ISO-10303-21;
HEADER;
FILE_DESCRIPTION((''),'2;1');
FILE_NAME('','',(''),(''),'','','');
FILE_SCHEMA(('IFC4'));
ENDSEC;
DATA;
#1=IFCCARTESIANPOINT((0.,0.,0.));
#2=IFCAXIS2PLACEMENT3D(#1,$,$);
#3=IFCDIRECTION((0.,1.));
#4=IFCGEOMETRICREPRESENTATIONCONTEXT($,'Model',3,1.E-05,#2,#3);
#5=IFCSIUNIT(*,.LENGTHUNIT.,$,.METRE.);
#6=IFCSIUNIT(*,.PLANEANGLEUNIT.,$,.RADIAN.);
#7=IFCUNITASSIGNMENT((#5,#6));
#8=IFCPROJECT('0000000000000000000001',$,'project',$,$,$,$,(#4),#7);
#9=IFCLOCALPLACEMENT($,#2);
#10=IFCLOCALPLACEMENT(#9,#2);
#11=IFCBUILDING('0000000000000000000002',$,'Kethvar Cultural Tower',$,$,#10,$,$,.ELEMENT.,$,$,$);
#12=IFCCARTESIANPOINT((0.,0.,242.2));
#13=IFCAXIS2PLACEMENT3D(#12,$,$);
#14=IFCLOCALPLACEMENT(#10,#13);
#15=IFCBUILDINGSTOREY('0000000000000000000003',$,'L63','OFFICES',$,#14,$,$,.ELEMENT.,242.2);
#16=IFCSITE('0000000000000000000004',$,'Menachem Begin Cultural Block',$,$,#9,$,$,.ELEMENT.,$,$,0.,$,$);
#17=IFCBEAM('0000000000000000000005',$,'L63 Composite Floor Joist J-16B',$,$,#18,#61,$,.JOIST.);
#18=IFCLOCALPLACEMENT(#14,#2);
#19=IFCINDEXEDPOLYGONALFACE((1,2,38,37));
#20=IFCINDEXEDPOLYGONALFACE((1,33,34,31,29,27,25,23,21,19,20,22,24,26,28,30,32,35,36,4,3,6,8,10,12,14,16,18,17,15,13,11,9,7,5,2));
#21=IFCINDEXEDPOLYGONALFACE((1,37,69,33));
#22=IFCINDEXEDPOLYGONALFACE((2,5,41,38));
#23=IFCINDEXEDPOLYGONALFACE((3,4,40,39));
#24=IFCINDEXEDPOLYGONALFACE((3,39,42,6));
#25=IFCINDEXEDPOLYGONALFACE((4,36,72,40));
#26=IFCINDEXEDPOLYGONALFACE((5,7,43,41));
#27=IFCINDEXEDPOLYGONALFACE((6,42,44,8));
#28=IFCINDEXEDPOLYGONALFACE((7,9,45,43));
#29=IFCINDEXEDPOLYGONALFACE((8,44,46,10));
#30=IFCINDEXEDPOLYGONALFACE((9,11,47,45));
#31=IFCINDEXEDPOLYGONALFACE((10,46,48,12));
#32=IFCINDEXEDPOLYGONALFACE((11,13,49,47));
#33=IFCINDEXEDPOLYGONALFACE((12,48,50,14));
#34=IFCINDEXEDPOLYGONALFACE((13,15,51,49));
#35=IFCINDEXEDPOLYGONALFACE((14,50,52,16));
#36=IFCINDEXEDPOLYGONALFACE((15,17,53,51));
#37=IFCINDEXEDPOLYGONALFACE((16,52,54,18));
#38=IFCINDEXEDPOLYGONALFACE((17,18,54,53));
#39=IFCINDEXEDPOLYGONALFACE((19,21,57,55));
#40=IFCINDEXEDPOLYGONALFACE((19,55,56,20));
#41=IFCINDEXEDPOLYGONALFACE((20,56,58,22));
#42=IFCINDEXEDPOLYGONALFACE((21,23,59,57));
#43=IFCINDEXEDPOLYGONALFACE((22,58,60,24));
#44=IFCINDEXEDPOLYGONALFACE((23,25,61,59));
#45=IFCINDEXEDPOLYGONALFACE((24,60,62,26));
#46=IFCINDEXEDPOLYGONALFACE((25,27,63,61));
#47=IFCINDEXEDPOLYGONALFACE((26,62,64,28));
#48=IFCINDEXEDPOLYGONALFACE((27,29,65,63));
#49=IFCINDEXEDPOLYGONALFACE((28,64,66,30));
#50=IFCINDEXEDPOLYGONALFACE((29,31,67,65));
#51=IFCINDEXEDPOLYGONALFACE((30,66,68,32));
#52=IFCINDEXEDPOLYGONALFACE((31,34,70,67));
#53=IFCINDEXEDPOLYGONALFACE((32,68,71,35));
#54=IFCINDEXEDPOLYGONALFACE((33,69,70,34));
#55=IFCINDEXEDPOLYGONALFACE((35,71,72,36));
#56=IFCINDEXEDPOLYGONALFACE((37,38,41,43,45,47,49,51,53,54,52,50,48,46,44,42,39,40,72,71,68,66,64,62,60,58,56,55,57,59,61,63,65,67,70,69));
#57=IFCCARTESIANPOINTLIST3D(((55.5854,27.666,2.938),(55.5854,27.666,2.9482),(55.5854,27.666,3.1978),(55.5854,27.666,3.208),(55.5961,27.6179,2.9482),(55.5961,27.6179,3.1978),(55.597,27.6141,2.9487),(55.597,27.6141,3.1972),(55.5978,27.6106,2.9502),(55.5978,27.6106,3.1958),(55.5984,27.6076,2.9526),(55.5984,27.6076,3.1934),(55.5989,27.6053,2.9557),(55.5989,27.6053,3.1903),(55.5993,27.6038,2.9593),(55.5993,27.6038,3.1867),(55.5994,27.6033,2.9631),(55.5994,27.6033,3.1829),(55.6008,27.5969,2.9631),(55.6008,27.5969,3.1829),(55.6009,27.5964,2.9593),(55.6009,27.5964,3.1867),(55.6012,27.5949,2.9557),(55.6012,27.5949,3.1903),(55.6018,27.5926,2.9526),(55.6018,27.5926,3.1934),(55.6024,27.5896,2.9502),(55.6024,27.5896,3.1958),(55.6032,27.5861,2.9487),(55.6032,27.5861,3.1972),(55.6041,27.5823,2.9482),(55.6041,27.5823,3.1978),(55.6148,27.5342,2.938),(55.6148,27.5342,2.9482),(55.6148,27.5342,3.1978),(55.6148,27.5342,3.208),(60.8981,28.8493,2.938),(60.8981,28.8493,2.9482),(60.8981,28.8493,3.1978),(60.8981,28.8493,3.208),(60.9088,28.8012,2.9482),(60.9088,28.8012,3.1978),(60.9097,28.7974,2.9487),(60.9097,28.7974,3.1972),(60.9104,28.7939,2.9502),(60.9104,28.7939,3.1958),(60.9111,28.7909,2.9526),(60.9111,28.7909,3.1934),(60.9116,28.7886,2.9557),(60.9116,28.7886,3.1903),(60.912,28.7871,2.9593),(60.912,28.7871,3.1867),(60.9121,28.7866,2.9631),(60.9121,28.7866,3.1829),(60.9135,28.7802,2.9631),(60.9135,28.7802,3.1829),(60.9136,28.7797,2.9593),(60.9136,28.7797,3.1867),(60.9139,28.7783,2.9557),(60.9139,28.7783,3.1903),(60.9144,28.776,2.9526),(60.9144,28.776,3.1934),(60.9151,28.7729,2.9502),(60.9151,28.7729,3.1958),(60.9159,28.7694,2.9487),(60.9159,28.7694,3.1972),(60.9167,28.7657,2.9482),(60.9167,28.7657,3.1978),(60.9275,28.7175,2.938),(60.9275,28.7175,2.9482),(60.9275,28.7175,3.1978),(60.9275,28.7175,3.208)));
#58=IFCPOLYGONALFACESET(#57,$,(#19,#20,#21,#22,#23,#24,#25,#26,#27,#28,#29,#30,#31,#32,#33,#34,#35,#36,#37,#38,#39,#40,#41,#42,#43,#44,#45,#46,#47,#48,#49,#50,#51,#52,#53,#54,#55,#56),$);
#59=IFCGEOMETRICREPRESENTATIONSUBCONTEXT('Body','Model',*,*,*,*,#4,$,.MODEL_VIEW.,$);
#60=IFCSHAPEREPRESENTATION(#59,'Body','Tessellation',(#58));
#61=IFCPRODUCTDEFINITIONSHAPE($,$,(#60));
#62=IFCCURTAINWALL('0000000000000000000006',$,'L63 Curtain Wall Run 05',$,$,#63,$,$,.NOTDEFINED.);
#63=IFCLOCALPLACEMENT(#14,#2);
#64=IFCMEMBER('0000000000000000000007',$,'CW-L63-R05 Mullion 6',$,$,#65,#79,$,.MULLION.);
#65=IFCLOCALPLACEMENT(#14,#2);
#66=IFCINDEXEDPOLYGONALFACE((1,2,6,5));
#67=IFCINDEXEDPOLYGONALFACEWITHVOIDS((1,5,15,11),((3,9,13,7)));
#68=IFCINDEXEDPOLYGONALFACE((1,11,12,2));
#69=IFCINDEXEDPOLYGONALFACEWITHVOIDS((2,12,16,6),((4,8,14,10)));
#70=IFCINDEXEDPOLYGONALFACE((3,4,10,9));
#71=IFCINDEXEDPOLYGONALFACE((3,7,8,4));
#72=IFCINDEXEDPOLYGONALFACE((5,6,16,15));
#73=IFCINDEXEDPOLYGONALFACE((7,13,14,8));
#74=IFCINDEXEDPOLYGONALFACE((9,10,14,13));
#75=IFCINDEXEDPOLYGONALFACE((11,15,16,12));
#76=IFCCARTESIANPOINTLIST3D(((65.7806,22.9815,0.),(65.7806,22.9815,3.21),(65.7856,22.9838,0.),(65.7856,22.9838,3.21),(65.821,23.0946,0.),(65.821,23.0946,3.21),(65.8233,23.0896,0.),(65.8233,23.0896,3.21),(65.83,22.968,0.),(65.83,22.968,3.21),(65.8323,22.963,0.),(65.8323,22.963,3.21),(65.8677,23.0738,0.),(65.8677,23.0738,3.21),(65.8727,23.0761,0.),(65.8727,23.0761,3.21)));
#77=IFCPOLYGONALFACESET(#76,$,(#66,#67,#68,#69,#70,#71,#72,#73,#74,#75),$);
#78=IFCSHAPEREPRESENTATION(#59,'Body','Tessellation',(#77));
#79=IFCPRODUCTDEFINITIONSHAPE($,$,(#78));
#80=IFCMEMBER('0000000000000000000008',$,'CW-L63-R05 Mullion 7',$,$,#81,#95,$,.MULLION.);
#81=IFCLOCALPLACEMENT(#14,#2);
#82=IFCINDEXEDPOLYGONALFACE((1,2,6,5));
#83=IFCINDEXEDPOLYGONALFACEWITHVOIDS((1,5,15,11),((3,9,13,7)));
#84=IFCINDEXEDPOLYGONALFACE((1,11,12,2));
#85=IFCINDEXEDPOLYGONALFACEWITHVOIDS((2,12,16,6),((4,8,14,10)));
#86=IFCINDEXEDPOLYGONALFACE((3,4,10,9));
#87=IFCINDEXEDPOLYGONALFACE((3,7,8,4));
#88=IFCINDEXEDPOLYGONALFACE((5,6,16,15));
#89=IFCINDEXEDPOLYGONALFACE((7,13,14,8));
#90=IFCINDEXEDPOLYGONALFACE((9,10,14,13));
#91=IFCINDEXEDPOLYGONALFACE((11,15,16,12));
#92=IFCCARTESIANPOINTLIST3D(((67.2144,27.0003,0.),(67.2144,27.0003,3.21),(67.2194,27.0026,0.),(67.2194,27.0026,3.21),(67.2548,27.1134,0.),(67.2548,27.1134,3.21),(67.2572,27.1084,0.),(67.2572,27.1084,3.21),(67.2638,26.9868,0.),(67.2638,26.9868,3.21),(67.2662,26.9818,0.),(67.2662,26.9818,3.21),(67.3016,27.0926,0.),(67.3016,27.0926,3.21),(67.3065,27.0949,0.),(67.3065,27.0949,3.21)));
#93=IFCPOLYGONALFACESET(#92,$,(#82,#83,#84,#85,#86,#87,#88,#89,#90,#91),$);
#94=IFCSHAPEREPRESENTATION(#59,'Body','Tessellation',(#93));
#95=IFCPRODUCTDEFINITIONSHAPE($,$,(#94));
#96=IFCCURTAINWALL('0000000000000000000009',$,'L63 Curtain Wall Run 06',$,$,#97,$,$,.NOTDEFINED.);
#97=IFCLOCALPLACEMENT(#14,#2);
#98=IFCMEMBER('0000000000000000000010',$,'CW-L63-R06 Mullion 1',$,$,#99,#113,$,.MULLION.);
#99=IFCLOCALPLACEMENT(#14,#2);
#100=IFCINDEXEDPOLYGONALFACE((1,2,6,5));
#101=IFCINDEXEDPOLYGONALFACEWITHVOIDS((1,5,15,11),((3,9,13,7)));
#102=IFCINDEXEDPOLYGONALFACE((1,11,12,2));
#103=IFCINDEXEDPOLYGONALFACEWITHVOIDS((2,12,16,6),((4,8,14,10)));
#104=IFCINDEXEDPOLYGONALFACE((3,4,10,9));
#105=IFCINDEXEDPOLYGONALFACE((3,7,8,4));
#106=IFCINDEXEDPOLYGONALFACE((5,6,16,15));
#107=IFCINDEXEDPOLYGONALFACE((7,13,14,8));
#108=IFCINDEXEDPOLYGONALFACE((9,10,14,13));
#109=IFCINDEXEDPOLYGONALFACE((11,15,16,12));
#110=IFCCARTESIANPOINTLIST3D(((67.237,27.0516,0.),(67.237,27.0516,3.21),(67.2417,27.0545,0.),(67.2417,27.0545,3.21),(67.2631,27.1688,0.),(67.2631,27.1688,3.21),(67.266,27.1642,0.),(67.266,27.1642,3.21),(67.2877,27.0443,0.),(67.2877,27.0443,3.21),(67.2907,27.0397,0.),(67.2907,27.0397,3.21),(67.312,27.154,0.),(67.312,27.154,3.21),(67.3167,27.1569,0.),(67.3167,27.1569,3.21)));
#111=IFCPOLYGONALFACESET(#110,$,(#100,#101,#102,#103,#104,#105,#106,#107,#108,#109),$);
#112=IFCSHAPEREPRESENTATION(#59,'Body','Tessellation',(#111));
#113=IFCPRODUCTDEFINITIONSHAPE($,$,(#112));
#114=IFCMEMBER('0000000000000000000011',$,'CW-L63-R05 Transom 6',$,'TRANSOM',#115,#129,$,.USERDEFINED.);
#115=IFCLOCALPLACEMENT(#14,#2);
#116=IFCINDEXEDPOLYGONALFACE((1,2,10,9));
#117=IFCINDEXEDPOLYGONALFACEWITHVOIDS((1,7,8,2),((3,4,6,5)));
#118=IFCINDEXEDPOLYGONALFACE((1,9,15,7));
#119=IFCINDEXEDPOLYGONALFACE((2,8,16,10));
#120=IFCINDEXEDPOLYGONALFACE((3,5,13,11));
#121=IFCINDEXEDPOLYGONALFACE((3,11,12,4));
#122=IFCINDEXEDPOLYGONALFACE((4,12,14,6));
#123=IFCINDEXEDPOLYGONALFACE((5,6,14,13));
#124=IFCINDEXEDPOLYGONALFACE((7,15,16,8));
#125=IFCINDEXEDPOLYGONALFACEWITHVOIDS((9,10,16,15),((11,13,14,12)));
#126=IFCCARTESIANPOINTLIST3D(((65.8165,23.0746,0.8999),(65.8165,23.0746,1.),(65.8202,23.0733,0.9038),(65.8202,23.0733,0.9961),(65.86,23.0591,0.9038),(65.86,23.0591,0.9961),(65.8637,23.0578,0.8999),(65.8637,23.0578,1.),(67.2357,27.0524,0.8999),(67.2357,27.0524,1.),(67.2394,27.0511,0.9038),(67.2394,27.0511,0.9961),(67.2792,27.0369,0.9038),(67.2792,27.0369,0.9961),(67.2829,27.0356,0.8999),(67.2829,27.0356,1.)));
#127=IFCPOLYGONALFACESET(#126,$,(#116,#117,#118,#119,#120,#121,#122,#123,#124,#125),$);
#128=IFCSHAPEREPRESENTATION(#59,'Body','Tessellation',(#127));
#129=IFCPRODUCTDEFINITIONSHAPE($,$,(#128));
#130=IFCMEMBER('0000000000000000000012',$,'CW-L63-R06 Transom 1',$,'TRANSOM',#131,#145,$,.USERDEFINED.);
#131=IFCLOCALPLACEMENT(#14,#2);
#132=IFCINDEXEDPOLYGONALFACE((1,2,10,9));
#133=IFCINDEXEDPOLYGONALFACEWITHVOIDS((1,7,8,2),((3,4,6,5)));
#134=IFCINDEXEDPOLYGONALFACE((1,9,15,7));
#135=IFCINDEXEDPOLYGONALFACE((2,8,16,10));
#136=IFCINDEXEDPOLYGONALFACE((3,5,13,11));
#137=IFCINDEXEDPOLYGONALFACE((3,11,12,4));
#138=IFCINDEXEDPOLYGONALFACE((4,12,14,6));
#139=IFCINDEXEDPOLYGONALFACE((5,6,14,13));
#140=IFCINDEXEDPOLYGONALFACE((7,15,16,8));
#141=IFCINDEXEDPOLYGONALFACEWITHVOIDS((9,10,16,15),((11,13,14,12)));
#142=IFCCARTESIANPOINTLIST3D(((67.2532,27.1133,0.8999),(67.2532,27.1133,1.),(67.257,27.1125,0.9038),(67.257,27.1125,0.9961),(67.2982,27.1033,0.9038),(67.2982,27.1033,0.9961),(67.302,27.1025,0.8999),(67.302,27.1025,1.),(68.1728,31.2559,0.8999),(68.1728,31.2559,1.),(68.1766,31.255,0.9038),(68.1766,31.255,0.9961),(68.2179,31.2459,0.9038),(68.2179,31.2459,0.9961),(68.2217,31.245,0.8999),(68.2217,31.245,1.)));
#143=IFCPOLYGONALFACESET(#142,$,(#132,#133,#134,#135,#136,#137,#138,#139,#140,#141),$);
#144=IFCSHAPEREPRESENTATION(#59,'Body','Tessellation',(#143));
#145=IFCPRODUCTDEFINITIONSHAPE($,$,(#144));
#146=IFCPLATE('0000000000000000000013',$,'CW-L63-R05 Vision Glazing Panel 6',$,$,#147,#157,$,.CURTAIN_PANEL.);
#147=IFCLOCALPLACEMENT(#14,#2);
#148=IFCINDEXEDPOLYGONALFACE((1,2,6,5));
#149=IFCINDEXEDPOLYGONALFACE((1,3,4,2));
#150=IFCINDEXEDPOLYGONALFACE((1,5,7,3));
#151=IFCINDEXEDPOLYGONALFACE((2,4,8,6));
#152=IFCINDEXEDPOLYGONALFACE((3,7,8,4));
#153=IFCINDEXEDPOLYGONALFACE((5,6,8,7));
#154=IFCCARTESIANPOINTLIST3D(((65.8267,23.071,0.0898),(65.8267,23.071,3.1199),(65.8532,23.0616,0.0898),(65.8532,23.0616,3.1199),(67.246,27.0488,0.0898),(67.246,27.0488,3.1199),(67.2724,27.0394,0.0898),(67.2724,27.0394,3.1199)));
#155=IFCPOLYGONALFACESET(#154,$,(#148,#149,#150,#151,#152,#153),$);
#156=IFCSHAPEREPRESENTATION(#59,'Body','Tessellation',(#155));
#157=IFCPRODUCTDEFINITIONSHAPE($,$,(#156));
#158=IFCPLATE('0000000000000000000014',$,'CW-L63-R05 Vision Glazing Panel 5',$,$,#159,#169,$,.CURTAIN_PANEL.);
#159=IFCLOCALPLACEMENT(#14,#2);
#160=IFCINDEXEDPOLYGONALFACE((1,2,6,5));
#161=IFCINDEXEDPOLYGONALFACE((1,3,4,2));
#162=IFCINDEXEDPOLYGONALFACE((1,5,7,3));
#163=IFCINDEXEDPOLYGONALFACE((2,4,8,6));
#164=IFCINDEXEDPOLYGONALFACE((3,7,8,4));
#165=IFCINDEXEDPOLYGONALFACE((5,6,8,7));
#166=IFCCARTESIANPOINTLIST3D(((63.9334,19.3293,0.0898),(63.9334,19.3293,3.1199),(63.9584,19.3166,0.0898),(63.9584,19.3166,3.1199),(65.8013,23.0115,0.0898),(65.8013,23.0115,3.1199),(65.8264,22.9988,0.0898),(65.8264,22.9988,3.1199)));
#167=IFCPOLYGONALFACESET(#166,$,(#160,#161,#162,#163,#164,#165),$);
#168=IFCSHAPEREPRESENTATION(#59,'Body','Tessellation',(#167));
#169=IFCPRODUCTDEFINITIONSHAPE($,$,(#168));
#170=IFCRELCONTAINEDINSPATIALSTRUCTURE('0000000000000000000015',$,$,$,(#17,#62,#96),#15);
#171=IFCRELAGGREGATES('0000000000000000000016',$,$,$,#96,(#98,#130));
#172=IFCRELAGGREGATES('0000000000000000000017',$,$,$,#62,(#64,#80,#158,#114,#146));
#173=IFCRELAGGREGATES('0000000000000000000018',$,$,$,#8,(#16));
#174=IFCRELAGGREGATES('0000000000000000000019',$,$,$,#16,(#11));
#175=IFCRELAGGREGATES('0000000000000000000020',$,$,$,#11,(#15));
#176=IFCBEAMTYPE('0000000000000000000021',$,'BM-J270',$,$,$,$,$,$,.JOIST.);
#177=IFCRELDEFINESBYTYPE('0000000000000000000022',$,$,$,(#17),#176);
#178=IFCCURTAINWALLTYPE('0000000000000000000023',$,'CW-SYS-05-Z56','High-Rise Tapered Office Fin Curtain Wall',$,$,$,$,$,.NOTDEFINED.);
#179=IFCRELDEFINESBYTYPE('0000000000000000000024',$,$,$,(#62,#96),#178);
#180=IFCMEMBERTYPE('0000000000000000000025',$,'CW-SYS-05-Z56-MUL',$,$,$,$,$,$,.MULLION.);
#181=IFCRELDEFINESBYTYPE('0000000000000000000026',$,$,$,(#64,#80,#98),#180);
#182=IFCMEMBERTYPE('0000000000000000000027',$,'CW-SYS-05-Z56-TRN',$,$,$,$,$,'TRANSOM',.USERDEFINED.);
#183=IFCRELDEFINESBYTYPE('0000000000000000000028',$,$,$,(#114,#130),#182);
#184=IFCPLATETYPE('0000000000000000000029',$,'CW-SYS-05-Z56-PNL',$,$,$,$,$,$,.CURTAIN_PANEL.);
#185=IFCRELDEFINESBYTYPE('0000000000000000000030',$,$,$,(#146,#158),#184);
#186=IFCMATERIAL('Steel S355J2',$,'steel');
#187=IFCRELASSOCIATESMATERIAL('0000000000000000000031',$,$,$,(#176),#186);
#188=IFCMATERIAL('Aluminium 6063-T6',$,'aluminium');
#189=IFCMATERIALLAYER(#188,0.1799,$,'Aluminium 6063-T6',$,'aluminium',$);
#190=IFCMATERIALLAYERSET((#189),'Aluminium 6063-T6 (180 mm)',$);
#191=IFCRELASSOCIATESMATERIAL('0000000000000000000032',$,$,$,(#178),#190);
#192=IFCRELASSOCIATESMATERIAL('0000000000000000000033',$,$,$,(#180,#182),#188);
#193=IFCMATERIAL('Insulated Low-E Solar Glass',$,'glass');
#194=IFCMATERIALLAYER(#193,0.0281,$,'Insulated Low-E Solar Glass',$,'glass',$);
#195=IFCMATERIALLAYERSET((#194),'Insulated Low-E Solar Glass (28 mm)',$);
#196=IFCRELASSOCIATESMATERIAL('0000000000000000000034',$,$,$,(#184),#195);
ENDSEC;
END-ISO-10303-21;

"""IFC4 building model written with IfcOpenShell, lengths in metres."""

from ifc_helpers import new_model, si_unit, direction, frame, origin, origin_2d, place, context, subcontext, project, spatial, rectangle, hollow_rectangle, i_section, extrude, source, transform, mapped, material, layer, layer_set, material_profile, profile_set, type_object, element, aggregate, save


model = new_model("IFC4")

# Units and contexts
model_context = context("Model", 3, precision=1e-05, world=origin(), true_north=direction((0.0, 1.0)))
body_context = subcontext(model_context, "Body", "Model", "MODEL_VIEW")
ifc_project = project(units=[si_unit("LENGTHUNIT", "METRE"), si_unit("PLANEANGLEUNIT", "RADIAN")], contexts=[model_context])

# Site, building, storey
site_placement = place(None, origin())
site = spatial("IfcSite", under=ifc_project, at=site_placement, Name="Menachem Begin Cultural Block", CompositionType="ELEMENT", RefElevation=0.0)
building_placement = place(site_placement, origin())
building = spatial("IfcBuilding", under=site, at=building_placement, Name="Kethvar Cultural Tower", CompositionType="ELEMENT")
storey_placement = place(building_placement, frame((0.0, 0.0, 242.2)))
storey = spatial("IfcBuildingStorey", under=building, at=storey_placement, Name="L63", Description="OFFICES", CompositionType="ELEMENT", Elevation=242.2)

# Beam
ifc_material_1 = material(Name="Steel S355J2", Category="steel")
ifc_material_profile_1 = material_profile(ifc_material_1, i_section(OverallWidth=0.135, OverallDepth=0.27, WebThickness=0.0066, FlangeThickness=0.0103, FilletRadius=0.0149, at=origin_2d()), Name="Steel S355J2 — IPE270")
ifc_profile_set_1 = profile_set([ifc_material_profile_1], Name="Steel S355J2 — IPE270")
beam_type_1 = type_object("IfcBeamType", Name="BM-J270", PredefinedType="JOIST", material=ifc_profile_set_1)
shared_shape_1 = source(origin(), body_context, "Body", "SweptSolid", [
    extrude(i_section(OverallWidth=0.135, OverallDepth=0.27, WebThickness=0.0066, FlangeThickness=0.0103, FilletRadius=0.0149, at=origin_2d()), origin(), (0.0, 0.0, 1.0), 5.4429),
])
beam_1_placement = place(storey_placement, frame((55.6001, 27.6001, 3.073), z_axis=(0.97608, 0.21741, 0.0), x_axis=(-0.21741, 0.97608, 0.0)))
element("IfcBeam", 1, at=beam_1_placement, inside=storey, type_object=beam_type_1, Name="L63 Composite Floor Joist J-16B", PredefinedType="JOIST", context=body_context, shape_type="MappedRepresentation", body=[
    mapped(shared_shape_1, transform((0.0, 0.0, 0.0), scale=1.0)),
])

# Curtain wall, members
ifc_material_2 = material(Name="Aluminium 6063-T6", Category="aluminium")
ifc_layer_1 = layer(ifc_material_2, 0.1799, Name="Aluminium 6063-T6", Category="aluminium")
ifc_layer_set_1 = layer_set([ifc_layer_1], Name="Aluminium 6063-T6 (180 mm)")
curtain_wall_type = type_object("IfcCurtainWallType", Name="CW-SYS-05-Z56", Description="High-Rise Tapered Office Fin Curtain Wall", PredefinedType="NOTDEFINED", material=ifc_layer_set_1)
curtain_wall_1_placement = place(storey_placement, origin())
curtain_wall_1 = element("IfcCurtainWall", 2, at=curtain_wall_1_placement, inside=storey, type_object=curtain_wall_type, Name="L63 Curtain Wall Run 05", PredefinedType="NOTDEFINED")
ifc_material_profile_2 = material_profile(ifc_material_2, hollow_rectangle(XDim=0.0549, YDim=0.1201, WallThickness=0.0039, at=origin_2d()), Name="Aluminium 6063-T6 — RHS120x55x4")
ifc_profile_set_2 = profile_set([ifc_material_profile_2], Name="Aluminium 6063-T6 — RHS120x55x4")
member_type_1 = type_object("IfcMemberType", Name="CW-SYS-05-Z56-MUL", PredefinedType="MULLION", material=ifc_profile_set_2)
shared_shape_2 = source(origin(), body_context, "Body", "SweptSolid", [
    extrude(hollow_rectangle(XDim=0.0549, YDim=0.1201, WallThickness=0.0039, at=origin_2d()), origin(), (0.0, 0.0, 1.0), 3.21),
])
member_1_placement = place(storey_placement, frame((65.8267, 23.0288, 0.0), z_axis=(0.0, 0.0, 1.0), x_axis=(-0.941846, 0.336043, 0.0)))
member_1 = element("IfcMember", 3, at=member_1_placement, type_object=member_type_1, Name="CW-L63-R05 Mullion 6", PredefinedType="MULLION", context=body_context, shape_type="MappedRepresentation", body=[
    mapped(shared_shape_2, transform((0.0, 0.0, 0.0), scale=1.0)),
])
member_2_placement = place(storey_placement, frame((67.2605, 27.0476, 0.0), z_axis=(0.0, 0.0, 1.0), x_axis=(-0.941846, 0.336043, 0.0)))
member_2 = element("IfcMember", 4, at=member_2_placement, type_object=member_type_1, Name="CW-L63-R05 Mullion 7", PredefinedType="MULLION", context=body_context, shape_type="MappedRepresentation", body=[
    mapped(shared_shape_2, transform((0.0, 0.0, 0.0), scale=1.0)),
])

# Curtain wall, member
curtain_wall_2_placement = place(storey_placement, origin())
curtain_wall_2 = element("IfcCurtainWall", 5, at=curtain_wall_2_placement, inside=storey, type_object=curtain_wall_type, Name="L63 Curtain Wall Run 06", PredefinedType="NOTDEFINED")
member_3_placement = place(storey_placement, frame((67.2769, 27.1042, 0.0), z_axis=(0.0, 0.0, 1.0), x_axis=(-0.976239, 0.216695, 0.0)))
member_3 = element("IfcMember", 6, at=member_3_placement, type_object=member_type_1, Name="CW-L63-R06 Mullion 1", PredefinedType="MULLION", context=body_context, shape_type="MappedRepresentation", body=[
    mapped(shared_shape_2, transform((0.0, 0.0, 0.0), scale=1.0)),
])

# Members
ifc_material_profile_3 = material_profile(ifc_material_2, hollow_rectangle(XDim=0.05, YDim=0.1001, WallThickness=0.0039, at=origin_2d()), Name="Aluminium 6063-T6 — RHS100x50x4")
ifc_profile_set_3 = profile_set([ifc_material_profile_3], Name="Aluminium 6063-T6 — RHS100x50x4")
member_type_2 = type_object("IfcMemberType", Name="CW-SYS-05-Z56-TRN", ElementType="TRANSOM", PredefinedType="USERDEFINED", material=ifc_profile_set_3)
shared_shape_3 = source(origin(), body_context, "Body", "SweptSolid", [
    extrude(hollow_rectangle(XDim=0.05, YDim=0.1001, WallThickness=0.0039, at=origin_2d()), origin(), (0.0, 0.0, 1.0), 4.2234),
])
member_4_placement = place(storey_placement, frame((65.8401, 23.0662, 0.95), z_axis=(0.336032, 0.94185, 0.0), x_axis=(-0.94185, 0.336032, 0.0)))
member_4 = element("IfcMember", 7, at=member_4_placement, type_object=member_type_2, Name="CW-L63-R05 Transom 6", ObjectType="TRANSOM", PredefinedType="USERDEFINED", context=body_context, shape_type="MappedRepresentation", body=[
    mapped(shared_shape_3, transform((0.0, 0.0, 0.0), scale=1.0)),
])
shared_shape_4 = source(origin(), body_context, "Body", "SweptSolid", [
    extrude(hollow_rectangle(XDim=0.05, YDim=0.1001, WallThickness=0.0039, at=origin_2d()), origin(), (0.0, 0.0, 1.0), 4.2434),
])
member_5_placement = place(storey_placement, frame((67.2776, 27.1079, 0.95), z_axis=(0.216729, 0.976232, 0.0), x_axis=(-0.976232, 0.216729, 0.0)))
member_5 = element("IfcMember", 8, at=member_5_placement, type_object=member_type_2, Name="CW-L63-R06 Transom 1", ObjectType="TRANSOM", PredefinedType="USERDEFINED", context=body_context, shape_type="MappedRepresentation", body=[
    mapped(shared_shape_4, transform((0.0, 0.0, 0.0), scale=1.0)),
])
aggregate(curtain_wall_2, [member_3, member_5])

# Plates
ifc_material_3 = material(Name="Insulated Low-E Solar Glass", Category="glass")
ifc_layer_2 = layer(ifc_material_3, 0.0281, Name="Insulated Low-E Solar Glass", Category="glass")
ifc_layer_set_2 = layer_set([ifc_layer_2], Name="Insulated Low-E Solar Glass (28 mm)")
plate_type = type_object("IfcPlateType", Name="CW-SYS-05-Z56-PNL", PredefinedType="CURTAIN_PANEL", material=ifc_layer_set_2)
shared_shape_5 = source(origin(), body_context, "Body", "SweptSolid", [
    extrude(rectangle(XDim=4.2234, YDim=0.0281, at=origin_2d()), origin(), (0.0, 0.0, 1.0), 3.03),
])
plate_1_placement = place(storey_placement, frame((66.5496, 25.0552, 0.0898), z_axis=(0.0, 0.0, 1.0), x_axis=(0.336043, 0.941846, 0.0)))
plate_1 = element("IfcPlate", 9, at=plate_1_placement, type_object=plate_type, Name="CW-L63-R05 Vision Glazing Panel 6", PredefinedType="CURTAIN_PANEL", context=body_context, shape_type="MappedRepresentation", body=[
    mapped(shared_shape_5, transform((0.0, 0.0, 0.0), scale=1.0)),
])
shared_shape_6 = source(origin(), body_context, "Body", "SweptSolid", [
    extrude(rectangle(XDim=4.1289, YDim=0.0281, at=origin_2d()), origin(), (0.0, 0.0, 1.0), 3.03),
])
plate_2_placement = place(storey_placement, frame((64.8799, 21.1641, 0.0898), z_axis=(0.0, 0.0, 1.0), x_axis=(0.452404, 0.891813, 0.0)))
plate_2 = element("IfcPlate", 10, at=plate_2_placement, type_object=plate_type, Name="CW-L63-R05 Vision Glazing Panel 5", PredefinedType="CURTAIN_PANEL", context=body_context, shape_type="MappedRepresentation", body=[
    mapped(shared_shape_6, transform((0.0, 0.0, 0.0), scale=1.0)),
])
aggregate(curtain_wall_1, [member_1, member_2, plate_2, member_4, plate_1])

save(model, "model.ifc")
